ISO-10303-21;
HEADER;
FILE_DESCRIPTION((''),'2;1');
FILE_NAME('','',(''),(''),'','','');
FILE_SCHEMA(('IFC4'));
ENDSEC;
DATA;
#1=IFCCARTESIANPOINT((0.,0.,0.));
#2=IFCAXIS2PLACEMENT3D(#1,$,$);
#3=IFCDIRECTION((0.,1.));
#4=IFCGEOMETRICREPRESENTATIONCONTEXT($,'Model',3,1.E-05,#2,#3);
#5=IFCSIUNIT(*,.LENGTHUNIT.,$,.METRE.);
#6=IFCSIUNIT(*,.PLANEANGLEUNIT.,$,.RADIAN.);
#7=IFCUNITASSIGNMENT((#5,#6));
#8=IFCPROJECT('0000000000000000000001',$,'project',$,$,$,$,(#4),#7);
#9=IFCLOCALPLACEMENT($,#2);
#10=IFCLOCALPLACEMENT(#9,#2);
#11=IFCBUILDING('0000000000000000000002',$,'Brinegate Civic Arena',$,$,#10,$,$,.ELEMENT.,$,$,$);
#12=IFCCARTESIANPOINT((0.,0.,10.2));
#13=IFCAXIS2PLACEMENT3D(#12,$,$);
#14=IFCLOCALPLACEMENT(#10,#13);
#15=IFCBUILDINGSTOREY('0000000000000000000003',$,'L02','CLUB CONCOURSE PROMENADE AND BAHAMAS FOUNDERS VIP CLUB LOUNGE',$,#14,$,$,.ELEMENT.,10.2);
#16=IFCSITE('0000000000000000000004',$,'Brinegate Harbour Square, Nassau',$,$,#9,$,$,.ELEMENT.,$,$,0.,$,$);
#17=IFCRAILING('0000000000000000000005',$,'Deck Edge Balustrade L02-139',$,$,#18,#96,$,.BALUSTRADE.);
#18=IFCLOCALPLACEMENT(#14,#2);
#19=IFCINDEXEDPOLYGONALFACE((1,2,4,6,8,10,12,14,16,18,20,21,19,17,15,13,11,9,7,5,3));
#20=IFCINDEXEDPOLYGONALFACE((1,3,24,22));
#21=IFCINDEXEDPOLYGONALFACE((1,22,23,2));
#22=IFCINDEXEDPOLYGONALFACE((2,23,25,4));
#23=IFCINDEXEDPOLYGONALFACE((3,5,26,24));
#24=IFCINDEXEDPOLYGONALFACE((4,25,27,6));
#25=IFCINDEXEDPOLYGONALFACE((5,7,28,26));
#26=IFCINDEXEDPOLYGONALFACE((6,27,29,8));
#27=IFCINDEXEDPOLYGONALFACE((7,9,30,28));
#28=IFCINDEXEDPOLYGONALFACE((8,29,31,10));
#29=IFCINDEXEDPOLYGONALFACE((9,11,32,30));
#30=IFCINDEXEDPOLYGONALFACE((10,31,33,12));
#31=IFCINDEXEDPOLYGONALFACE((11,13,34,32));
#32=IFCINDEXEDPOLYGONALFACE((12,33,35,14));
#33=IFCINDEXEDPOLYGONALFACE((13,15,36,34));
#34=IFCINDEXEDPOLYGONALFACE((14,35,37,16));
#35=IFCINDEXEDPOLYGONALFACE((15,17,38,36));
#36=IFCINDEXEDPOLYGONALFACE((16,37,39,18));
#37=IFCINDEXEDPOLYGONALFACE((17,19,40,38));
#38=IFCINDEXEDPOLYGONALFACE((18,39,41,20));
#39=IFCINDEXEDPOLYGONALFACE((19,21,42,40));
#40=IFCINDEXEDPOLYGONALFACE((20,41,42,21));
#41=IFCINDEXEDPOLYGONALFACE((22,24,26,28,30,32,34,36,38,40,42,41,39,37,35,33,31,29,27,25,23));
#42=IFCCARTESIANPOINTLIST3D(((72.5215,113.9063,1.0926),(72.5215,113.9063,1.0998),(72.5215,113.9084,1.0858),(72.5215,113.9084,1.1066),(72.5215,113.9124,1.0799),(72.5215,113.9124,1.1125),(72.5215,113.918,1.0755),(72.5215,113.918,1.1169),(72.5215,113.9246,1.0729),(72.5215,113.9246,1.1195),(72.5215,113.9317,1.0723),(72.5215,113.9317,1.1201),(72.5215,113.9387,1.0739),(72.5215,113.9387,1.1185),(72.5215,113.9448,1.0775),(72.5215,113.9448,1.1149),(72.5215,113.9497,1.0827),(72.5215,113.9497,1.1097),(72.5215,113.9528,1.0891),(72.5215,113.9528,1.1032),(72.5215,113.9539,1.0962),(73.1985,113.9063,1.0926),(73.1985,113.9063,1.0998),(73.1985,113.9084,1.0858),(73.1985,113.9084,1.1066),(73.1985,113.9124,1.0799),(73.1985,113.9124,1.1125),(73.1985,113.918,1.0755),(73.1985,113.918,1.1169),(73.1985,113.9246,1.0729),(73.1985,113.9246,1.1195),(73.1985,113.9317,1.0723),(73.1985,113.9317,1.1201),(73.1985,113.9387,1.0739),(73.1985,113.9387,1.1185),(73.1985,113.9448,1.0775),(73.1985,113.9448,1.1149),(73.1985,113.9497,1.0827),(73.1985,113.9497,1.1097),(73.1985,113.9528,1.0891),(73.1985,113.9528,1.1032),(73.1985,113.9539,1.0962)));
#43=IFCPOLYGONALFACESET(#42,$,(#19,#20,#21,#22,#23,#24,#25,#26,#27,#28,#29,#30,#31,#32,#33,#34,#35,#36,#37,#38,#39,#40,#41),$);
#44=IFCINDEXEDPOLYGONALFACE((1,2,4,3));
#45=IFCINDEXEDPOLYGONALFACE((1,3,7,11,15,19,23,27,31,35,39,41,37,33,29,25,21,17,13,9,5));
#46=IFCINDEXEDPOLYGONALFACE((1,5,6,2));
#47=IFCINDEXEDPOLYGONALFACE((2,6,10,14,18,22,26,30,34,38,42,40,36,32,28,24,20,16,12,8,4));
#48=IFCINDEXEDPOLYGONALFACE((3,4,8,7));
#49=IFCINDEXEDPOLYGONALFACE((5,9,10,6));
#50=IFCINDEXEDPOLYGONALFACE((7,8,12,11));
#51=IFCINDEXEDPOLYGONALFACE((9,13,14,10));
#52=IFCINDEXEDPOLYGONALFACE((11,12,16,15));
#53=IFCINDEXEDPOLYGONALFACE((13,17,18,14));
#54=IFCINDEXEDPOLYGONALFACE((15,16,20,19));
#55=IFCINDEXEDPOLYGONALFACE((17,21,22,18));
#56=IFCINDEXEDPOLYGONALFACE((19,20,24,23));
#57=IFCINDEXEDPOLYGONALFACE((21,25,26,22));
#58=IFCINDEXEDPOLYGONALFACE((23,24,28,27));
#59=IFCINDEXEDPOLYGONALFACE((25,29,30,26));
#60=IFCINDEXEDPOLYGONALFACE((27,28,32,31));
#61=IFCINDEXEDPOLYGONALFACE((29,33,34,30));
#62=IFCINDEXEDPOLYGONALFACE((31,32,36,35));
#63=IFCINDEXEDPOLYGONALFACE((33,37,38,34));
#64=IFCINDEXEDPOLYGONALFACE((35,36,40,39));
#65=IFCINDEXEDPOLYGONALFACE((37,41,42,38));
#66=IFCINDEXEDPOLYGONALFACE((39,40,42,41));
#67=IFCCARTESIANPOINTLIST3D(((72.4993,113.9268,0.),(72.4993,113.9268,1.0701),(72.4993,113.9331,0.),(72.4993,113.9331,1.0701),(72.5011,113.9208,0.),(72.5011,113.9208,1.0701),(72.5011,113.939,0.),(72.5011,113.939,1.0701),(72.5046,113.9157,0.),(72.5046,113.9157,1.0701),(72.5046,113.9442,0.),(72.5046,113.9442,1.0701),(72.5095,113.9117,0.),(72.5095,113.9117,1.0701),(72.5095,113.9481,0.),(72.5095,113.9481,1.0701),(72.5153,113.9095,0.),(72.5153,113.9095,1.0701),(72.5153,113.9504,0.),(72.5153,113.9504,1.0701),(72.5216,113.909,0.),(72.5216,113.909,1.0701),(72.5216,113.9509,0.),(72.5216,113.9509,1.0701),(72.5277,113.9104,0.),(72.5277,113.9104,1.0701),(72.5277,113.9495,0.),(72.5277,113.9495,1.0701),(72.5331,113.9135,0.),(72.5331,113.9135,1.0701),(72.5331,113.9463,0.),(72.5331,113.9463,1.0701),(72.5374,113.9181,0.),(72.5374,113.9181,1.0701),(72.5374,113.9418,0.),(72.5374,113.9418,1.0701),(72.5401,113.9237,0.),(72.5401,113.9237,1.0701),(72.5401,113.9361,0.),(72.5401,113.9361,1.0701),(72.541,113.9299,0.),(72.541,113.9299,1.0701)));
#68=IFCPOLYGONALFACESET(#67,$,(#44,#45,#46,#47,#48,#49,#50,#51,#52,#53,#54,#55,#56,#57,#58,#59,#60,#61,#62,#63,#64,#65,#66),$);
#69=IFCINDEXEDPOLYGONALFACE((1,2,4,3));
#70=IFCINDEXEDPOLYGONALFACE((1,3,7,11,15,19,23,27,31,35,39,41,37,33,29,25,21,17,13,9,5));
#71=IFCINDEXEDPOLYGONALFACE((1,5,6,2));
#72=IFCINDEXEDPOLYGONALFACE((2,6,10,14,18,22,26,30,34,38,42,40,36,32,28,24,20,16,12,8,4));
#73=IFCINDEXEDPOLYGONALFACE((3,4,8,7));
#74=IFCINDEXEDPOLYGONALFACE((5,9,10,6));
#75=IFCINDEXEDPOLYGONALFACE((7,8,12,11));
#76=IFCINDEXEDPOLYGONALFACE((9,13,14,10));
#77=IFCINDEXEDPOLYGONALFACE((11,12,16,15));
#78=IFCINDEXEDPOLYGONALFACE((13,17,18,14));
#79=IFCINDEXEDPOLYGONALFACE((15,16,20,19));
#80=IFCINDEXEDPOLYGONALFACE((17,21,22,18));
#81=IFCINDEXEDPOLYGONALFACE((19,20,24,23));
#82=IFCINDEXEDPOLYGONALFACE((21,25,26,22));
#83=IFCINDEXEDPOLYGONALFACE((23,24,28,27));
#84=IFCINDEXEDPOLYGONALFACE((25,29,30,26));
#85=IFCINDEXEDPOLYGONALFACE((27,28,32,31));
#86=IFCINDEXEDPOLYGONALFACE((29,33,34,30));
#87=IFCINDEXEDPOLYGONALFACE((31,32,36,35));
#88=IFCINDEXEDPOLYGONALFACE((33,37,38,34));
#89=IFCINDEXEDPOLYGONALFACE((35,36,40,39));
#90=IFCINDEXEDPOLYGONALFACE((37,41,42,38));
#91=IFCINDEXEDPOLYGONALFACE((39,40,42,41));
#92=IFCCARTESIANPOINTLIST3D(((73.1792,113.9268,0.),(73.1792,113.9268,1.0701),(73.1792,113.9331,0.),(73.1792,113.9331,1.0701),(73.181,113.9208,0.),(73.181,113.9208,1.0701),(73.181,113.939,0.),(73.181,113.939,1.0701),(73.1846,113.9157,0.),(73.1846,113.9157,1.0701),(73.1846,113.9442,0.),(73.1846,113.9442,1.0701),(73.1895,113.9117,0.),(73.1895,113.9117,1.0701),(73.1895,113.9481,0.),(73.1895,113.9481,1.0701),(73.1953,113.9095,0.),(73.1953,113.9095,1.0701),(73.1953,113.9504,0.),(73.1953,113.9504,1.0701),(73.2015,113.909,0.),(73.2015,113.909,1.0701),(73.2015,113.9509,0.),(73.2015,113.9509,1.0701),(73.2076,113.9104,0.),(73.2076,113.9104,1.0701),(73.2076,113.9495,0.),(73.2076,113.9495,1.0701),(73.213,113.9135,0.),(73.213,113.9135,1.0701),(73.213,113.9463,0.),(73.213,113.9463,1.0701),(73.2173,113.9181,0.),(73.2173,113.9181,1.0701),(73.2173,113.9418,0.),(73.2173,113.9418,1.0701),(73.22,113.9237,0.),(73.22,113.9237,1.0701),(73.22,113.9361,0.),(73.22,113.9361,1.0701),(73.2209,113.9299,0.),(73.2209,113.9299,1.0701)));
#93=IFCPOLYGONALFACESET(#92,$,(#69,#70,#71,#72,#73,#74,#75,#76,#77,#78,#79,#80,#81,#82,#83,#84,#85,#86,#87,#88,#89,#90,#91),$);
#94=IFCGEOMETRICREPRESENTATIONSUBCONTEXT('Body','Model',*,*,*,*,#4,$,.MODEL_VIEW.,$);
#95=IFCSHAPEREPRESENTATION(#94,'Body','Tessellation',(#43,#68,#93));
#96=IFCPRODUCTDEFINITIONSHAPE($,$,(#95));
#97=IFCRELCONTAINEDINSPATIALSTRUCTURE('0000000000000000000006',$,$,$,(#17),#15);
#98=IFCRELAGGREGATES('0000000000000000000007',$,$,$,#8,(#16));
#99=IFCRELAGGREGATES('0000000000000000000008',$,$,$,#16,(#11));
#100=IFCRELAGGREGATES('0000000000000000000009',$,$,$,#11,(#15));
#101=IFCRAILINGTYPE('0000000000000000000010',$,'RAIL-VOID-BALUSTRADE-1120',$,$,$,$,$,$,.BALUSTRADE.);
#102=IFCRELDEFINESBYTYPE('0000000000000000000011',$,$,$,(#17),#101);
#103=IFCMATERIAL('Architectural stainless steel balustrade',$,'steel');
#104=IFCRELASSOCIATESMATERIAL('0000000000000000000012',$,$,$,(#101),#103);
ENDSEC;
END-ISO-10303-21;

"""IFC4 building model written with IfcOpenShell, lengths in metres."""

from ifc_helpers import new_model, si_unit, direction, frame, origin, origin_2d, place, context, subcontext, project, spatial, circle, extrude, material, type_object, element, save


model = new_model("IFC4")

# Units and contexts
model_context = context("Model", 3, precision=1e-05, world=origin(), true_north=direction((0.0, 1.0)))
body_context = subcontext(model_context, "Body", "Model", "MODEL_VIEW")
ifc_project = project(units=[si_unit("LENGTHUNIT", "METRE"), si_unit("PLANEANGLEUNIT", "RADIAN")], contexts=[model_context])

# Site, building, storey
site_placement = place(None, origin())
site = spatial("IfcSite", under=ifc_project, at=site_placement, Name="Brinegate Harbour Square, Nassau", CompositionType="ELEMENT", RefElevation=0.0)
building_placement = place(site_placement, origin())
building = spatial("IfcBuilding", under=site, at=building_placement, Name="Brinegate Civic Arena", CompositionType="ELEMENT")
storey_placement = place(building_placement, frame((0.0, 0.0, 10.2)))
storey = spatial("IfcBuildingStorey", under=building, at=storey_placement, Name="L02", Description="CLUB CONCOURSE PROMENADE AND BAHAMAS FOUNDERS VIP CLUB LOUNGE", CompositionType="ELEMENT", Elevation=10.2)

# Railing
ifc_material_1 = material(Name="Architectural stainless steel balustrade", Category="steel")
railing_type_1 = type_object("IfcRailingType", Name="RAIL-VOID-BALUSTRADE-1120", PredefinedType="BALUSTRADE", material=ifc_material_1)
for number, where, name in (
    (1, (72.52, 113.9299, 0.0), "Deck Edge Balustrade L02-139"),
):
    element("IfcRailing", number, at=place(storey_placement, frame(where)), inside=storey, type_object=railing_type_1, Name=name, PredefinedType="BALUSTRADE", context=body_context, shape_type="SweptSolid", body=[
        extrude(circle(Radius=0.0239, at=origin_2d()), frame((0.0015, 0.0, 1.0962), z_axis=(1.0, 0.0, 0.0), x_axis=(0.0, 1.0, 0.0)), (0.0, 0.0, 1.0), 0.677),
        extrude(circle(Radius=0.021, at=origin_2d()), origin(), (0.0, 0.0, 1.0), 1.0701),
        extrude(circle(Radius=0.021, at=origin_2d()), frame((0.6799, 0.0, 0.0)), (0.0, 0.0, 1.0), 1.0701),
    ])

save(model, "model.ifc")
